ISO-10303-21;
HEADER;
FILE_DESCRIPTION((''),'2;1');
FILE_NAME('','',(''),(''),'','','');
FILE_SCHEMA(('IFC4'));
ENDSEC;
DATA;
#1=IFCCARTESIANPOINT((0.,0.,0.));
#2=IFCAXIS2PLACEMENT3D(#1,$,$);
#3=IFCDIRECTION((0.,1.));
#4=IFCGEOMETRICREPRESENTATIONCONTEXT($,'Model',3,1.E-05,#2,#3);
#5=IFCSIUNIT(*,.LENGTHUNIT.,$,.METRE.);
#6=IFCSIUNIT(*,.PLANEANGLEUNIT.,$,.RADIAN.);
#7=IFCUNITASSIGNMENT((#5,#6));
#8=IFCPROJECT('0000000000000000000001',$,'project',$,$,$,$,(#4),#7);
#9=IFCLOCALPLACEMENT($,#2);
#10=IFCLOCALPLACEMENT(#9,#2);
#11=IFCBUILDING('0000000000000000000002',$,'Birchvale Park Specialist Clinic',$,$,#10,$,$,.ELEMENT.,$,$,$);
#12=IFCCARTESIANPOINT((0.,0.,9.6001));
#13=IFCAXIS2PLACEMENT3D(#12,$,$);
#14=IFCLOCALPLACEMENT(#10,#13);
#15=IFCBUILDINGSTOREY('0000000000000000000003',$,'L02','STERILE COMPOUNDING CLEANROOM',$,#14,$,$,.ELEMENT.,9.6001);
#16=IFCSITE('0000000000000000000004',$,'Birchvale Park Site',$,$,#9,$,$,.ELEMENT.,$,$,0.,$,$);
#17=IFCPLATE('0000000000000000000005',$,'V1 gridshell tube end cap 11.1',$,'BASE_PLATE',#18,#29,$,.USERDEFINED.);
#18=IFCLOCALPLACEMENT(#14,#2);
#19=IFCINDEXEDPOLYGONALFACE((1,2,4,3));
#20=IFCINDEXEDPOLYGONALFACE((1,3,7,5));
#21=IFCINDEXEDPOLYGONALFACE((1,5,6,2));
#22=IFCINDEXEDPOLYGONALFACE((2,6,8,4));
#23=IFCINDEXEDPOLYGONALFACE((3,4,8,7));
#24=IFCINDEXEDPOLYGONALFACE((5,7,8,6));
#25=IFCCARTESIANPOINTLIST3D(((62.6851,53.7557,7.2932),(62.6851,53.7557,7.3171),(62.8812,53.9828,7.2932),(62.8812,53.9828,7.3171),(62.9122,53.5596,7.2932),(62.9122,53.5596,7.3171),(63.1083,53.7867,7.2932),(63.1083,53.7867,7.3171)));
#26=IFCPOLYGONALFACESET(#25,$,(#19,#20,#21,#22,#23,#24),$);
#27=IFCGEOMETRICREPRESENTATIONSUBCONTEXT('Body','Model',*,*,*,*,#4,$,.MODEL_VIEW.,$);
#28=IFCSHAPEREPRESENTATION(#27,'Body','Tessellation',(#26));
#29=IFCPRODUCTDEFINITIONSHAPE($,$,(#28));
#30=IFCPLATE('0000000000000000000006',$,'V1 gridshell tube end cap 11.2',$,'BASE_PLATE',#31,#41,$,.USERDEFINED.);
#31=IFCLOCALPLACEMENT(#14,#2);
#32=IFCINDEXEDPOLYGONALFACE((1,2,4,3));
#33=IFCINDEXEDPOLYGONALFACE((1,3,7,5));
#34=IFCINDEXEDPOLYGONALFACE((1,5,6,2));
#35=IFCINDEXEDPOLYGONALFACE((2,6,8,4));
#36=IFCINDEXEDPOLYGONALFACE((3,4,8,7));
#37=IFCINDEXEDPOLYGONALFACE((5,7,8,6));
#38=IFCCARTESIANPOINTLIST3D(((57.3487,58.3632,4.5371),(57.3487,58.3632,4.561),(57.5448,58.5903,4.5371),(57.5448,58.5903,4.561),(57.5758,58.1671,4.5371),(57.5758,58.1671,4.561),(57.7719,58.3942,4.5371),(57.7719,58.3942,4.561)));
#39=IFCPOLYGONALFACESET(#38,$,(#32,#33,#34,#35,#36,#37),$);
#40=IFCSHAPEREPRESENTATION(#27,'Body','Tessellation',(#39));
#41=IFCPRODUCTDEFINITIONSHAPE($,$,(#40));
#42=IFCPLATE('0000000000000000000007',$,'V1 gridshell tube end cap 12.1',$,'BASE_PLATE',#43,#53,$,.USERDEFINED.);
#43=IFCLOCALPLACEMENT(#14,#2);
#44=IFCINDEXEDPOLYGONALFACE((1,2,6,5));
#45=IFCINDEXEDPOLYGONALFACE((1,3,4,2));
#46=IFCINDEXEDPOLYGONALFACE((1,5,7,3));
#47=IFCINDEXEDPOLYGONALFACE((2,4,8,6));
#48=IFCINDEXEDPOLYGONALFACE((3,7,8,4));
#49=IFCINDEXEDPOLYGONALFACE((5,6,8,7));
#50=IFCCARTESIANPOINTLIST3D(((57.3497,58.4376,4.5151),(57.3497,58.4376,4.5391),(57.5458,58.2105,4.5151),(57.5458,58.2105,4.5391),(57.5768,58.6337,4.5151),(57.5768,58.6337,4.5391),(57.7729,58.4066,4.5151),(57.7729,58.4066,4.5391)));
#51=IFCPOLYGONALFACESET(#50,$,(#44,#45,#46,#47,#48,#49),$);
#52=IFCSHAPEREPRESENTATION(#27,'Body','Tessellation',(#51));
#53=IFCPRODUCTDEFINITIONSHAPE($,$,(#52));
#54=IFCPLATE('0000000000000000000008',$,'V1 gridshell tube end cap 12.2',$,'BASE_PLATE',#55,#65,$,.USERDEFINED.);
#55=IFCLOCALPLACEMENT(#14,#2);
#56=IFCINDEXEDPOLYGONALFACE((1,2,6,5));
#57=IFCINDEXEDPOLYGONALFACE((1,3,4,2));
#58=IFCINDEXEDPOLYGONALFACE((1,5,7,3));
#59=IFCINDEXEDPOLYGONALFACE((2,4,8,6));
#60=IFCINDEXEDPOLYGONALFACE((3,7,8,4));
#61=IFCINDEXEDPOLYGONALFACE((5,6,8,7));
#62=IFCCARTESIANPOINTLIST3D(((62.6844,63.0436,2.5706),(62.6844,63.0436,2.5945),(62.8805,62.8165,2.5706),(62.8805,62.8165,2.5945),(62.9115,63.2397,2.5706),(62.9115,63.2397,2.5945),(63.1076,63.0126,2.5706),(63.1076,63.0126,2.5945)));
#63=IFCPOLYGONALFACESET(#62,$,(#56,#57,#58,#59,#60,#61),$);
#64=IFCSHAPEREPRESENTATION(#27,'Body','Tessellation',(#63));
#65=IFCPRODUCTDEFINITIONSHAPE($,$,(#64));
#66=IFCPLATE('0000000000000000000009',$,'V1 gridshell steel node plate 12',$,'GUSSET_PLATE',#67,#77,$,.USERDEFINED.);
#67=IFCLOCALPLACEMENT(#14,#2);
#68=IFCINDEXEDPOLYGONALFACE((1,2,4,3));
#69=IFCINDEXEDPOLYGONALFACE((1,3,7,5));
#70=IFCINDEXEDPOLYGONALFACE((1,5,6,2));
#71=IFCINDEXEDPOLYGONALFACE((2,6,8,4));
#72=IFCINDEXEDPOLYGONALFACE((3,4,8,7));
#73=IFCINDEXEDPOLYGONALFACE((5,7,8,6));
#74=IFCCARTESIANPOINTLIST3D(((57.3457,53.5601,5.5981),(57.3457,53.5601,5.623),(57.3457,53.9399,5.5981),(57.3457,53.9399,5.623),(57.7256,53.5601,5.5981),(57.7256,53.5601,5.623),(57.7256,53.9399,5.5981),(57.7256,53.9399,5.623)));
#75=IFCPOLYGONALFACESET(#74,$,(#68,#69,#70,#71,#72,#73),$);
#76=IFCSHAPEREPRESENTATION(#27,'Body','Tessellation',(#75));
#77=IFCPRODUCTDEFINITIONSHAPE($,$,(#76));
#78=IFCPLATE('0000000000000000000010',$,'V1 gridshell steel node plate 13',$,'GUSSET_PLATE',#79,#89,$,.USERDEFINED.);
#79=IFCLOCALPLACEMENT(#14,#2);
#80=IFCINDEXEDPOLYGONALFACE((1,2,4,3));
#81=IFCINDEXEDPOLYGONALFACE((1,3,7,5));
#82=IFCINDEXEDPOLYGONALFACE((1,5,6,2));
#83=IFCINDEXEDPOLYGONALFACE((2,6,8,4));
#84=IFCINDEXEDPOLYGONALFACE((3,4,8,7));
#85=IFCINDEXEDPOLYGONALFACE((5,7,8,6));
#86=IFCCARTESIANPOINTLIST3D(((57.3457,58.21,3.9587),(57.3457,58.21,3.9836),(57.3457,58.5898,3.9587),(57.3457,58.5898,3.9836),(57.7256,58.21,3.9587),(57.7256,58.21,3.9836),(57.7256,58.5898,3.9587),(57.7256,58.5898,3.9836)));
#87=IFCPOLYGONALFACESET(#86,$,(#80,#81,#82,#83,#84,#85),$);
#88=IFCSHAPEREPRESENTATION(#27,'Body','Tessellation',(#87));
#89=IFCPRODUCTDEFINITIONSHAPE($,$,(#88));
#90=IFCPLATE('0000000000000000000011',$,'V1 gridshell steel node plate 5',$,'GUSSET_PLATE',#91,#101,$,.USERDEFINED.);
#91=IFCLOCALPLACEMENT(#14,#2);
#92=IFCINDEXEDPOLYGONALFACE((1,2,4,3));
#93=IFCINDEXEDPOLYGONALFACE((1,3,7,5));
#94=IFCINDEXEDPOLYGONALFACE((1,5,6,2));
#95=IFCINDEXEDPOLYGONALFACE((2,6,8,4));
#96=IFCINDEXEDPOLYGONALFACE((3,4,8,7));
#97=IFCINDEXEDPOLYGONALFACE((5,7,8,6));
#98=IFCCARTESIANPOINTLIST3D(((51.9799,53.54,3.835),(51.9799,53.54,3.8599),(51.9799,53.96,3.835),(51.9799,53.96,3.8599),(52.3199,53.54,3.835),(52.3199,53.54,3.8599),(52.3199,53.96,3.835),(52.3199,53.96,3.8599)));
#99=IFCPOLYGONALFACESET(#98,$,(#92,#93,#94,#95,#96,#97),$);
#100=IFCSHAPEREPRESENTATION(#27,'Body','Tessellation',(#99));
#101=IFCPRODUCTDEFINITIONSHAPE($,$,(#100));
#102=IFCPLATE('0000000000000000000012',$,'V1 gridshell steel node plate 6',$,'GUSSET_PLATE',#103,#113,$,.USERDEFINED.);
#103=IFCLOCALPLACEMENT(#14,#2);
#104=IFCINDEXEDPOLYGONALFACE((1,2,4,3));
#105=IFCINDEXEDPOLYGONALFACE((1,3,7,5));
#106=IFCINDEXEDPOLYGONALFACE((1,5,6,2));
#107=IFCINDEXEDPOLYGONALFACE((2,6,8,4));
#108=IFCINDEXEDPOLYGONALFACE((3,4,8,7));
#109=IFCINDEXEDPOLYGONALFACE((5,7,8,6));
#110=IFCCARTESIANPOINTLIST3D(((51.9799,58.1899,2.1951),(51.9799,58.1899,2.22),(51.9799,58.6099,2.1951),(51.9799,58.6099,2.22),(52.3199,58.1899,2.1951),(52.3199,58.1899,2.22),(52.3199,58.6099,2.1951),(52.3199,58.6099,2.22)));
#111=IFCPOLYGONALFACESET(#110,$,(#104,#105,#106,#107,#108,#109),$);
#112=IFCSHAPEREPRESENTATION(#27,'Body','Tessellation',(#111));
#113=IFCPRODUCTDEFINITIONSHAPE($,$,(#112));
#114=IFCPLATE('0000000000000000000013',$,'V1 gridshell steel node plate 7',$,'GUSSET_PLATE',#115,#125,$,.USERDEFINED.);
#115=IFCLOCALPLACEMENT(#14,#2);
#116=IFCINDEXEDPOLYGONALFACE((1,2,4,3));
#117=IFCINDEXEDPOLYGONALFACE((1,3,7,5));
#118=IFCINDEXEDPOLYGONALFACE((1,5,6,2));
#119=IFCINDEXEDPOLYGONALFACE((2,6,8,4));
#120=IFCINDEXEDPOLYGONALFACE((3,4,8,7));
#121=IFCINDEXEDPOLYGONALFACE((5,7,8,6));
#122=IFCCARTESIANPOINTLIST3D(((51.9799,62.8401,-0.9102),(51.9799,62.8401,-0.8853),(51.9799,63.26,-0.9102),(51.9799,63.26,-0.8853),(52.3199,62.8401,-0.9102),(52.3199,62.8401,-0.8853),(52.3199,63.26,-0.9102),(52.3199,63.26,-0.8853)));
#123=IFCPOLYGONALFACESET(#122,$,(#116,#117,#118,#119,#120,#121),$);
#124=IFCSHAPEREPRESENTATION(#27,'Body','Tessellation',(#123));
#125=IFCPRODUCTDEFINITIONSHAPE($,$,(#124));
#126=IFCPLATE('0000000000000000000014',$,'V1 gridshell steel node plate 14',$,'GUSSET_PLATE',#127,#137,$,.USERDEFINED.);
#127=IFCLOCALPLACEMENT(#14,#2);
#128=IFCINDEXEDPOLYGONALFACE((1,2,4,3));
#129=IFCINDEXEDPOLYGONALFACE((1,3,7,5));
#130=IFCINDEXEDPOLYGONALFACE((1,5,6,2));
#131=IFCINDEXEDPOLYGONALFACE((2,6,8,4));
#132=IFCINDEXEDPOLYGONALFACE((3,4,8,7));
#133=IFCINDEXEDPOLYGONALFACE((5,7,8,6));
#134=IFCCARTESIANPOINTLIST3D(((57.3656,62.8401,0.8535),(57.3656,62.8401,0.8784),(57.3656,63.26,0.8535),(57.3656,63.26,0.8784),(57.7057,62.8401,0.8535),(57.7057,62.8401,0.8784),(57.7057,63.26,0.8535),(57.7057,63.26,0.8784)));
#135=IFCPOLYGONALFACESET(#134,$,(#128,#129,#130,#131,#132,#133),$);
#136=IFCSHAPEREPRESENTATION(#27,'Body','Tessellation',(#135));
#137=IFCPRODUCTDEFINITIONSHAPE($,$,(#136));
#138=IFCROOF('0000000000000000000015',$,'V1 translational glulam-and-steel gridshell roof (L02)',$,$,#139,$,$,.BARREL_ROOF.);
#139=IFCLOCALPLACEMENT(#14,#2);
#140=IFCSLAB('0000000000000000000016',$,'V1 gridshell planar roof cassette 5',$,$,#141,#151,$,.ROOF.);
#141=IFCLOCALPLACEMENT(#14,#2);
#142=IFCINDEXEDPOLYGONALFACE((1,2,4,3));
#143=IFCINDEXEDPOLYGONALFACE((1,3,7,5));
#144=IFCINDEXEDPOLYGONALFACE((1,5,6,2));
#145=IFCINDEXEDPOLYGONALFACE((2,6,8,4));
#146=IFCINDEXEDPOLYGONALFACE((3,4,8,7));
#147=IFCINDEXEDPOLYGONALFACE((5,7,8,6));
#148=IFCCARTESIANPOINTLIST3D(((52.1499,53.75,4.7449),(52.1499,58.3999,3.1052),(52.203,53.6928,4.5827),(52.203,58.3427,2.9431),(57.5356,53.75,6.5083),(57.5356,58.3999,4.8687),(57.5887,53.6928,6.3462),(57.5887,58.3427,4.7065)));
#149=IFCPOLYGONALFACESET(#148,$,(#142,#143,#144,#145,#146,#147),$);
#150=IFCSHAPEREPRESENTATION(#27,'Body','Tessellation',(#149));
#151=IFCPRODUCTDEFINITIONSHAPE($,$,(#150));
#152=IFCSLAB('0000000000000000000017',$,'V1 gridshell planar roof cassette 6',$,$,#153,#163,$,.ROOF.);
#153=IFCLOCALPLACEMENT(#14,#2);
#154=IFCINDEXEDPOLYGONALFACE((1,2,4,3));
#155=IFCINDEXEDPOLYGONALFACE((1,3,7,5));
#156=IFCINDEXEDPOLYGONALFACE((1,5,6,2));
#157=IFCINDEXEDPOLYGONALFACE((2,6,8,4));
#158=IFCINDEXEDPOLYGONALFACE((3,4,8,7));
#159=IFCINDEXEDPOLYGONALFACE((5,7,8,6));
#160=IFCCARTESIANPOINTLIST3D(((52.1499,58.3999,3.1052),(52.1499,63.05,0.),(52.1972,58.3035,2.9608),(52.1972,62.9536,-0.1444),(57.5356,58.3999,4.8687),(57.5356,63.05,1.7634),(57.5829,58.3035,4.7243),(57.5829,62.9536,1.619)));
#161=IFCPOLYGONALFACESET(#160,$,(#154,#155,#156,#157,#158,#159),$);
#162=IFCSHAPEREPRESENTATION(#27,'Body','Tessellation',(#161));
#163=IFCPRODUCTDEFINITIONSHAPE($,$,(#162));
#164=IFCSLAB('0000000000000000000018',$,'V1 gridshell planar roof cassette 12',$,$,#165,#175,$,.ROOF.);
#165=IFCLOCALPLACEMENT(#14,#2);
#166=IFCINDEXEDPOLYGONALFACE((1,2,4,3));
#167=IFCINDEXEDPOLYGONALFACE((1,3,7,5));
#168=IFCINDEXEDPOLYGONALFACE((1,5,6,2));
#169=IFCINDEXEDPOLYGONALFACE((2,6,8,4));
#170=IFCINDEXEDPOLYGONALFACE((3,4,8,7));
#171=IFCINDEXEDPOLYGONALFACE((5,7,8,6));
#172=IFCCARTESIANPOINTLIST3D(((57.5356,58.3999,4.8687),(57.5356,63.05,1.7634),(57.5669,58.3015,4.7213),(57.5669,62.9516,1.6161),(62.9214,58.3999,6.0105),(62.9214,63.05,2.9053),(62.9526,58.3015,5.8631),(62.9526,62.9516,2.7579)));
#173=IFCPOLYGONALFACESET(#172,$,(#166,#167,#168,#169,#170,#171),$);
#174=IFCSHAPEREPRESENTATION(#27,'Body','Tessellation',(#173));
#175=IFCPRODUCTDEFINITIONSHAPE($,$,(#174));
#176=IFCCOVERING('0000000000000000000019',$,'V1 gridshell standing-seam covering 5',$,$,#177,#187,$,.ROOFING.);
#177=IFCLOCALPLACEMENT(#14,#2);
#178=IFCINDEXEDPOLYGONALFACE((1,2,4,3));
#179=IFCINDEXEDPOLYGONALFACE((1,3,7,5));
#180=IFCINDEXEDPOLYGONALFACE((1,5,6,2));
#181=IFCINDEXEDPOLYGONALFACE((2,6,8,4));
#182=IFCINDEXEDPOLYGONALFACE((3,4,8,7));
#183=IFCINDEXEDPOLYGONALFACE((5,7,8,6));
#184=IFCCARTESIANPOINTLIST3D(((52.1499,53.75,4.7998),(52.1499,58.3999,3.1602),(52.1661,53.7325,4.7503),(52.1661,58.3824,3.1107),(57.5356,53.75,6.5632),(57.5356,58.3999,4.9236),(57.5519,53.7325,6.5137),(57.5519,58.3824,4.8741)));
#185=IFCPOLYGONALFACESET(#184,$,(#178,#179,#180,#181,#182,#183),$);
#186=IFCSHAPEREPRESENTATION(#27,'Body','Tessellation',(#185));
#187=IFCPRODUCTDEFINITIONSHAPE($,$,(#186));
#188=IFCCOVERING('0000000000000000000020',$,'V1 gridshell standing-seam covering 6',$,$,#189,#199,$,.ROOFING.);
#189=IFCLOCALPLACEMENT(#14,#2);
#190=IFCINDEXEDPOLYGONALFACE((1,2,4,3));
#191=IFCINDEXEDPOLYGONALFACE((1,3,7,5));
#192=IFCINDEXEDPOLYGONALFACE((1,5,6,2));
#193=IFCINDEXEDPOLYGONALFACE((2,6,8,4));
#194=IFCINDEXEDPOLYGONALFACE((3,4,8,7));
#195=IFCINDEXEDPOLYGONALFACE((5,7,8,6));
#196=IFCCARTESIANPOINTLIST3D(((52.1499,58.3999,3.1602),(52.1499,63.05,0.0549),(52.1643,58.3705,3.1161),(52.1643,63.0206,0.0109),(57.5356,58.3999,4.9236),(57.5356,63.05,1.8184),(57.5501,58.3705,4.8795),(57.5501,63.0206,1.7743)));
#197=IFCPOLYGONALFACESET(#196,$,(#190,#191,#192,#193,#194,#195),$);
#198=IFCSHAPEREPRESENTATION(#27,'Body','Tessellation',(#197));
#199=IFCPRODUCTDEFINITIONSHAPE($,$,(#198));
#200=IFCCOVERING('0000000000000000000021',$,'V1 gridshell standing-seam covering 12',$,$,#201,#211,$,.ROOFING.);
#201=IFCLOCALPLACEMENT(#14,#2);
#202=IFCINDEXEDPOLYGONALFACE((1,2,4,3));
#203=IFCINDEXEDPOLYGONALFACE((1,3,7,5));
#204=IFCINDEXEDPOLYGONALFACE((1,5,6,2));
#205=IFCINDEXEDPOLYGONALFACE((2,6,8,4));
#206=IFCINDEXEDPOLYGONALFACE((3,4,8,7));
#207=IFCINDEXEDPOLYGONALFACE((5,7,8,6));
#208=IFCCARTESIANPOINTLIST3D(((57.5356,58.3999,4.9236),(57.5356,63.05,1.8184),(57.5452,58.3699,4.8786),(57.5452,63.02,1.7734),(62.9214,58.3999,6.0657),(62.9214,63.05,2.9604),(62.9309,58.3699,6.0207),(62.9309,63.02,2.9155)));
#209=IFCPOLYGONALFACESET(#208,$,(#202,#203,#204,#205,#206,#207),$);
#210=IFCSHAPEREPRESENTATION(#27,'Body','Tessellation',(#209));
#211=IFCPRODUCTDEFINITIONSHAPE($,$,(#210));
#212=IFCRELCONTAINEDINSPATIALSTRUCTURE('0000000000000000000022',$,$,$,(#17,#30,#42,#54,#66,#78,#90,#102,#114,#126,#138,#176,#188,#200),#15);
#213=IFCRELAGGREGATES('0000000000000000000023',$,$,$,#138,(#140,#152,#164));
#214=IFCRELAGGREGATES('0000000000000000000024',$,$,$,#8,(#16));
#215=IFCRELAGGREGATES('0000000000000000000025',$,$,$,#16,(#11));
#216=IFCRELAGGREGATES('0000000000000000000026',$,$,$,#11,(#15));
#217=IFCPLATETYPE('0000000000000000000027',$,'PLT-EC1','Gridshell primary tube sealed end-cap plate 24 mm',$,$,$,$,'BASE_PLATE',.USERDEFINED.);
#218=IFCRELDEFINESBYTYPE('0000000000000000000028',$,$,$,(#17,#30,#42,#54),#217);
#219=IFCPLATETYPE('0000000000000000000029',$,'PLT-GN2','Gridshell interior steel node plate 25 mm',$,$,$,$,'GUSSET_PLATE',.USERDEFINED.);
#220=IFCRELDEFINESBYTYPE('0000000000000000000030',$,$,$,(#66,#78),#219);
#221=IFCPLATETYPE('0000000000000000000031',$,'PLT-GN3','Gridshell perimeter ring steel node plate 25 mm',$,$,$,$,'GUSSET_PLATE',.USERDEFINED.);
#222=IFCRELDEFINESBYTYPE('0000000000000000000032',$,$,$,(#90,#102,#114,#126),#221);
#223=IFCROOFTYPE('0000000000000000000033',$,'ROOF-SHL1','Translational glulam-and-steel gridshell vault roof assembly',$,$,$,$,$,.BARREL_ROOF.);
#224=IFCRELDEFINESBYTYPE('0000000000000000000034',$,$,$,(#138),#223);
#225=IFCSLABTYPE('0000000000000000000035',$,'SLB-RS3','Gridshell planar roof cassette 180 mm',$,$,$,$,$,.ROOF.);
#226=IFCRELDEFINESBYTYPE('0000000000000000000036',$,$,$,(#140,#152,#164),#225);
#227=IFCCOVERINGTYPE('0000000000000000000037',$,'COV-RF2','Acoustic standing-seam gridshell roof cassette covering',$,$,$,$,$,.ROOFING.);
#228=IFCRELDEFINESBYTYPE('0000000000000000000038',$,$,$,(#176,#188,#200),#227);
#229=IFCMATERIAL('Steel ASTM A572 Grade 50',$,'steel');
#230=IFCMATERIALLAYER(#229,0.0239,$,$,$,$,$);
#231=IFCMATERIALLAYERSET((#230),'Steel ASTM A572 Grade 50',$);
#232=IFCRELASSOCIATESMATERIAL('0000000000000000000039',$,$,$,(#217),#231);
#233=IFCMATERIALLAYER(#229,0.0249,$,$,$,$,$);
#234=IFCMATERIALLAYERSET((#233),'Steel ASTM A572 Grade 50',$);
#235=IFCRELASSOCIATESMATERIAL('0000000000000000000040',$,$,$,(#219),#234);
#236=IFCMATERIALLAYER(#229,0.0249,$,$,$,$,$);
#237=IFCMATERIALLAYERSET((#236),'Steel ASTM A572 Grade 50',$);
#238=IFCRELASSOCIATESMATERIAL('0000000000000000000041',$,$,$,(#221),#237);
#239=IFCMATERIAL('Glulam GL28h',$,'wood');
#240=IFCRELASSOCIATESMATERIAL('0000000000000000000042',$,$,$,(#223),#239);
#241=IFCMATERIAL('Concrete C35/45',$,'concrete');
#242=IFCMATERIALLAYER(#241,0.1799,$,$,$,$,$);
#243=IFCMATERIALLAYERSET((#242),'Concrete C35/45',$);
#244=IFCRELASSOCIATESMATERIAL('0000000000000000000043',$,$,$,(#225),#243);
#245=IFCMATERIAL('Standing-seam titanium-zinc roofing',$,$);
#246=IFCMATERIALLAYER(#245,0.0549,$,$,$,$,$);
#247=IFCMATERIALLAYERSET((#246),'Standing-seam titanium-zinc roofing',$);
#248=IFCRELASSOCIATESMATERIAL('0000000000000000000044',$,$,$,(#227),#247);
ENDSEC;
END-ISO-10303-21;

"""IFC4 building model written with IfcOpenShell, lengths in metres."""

from ifc_helpers import new_model, si_unit, direction, frame, origin, origin_2d, place, context, subcontext, project, spatial, polyline, rectangle, outline, extrude, material, layer, layer_set, type_object, element, aggregate, save


model = new_model("IFC4")

# Units and contexts
model_context = context("Model", 3, precision=1e-05, world=origin(), true_north=direction((0.0, 1.0)))
body_context = subcontext(model_context, "Body", "Model", "MODEL_VIEW")
ifc_project = project(units=[si_unit("LENGTHUNIT", "METRE"), si_unit("PLANEANGLEUNIT", "RADIAN")], contexts=[model_context])

# Site, building, storey
site_placement = place(None, origin())
site = spatial("IfcSite", under=ifc_project, at=site_placement, Name="Birchvale Park Site", CompositionType="ELEMENT", RefElevation=0.0)
building_placement = place(site_placement, origin())
building = spatial("IfcBuilding", under=site, at=building_placement, Name="Birchvale Park Specialist Clinic", CompositionType="ELEMENT")
storey_placement = place(building_placement, frame((0.0, 0.0, 9.6001)))
storey = spatial("IfcBuildingStorey", under=building, at=storey_placement, Name="L02", Description="STERILE COMPOUNDING CLEANROOM", CompositionType="ELEMENT", Elevation=9.6001)

# Shared definitions
ifc_material_1 = material(Name="Glulam GL28h", Category="wood")

# Plates
ifc_material_2 = material(Name="Steel ASTM A572 Grade 50", Category="steel")
ifc_layer_1 = layer(ifc_material_2, 0.0239)
ifc_layer_set_1 = layer_set([ifc_layer_1], Name="Steel ASTM A572 Grade 50")
plate_type_1 = type_object("IfcPlateType", Name="PLT-EC1", Description="Gridshell primary tube sealed end-cap plate 24 mm", ElementType="BASE_PLATE", PredefinedType="USERDEFINED", material=ifc_layer_set_1)
for number, where, z_axis, x_axis, name in (
    (1, (62.8967, 53.7712, 7.2932), (0.0, 0.0, 1.0), (-0.756881, 0.653553, 0.0), "V1 gridshell tube end cap 11.1"),
    (2, (57.5603, 58.3787, 4.5371), (0.0, 0.0, 1.0), (-0.756881, 0.653553, 0.0), "V1 gridshell tube end cap 11.2"),
    (3, (57.5613, 58.4221, 4.5151), (0.0, 0.0, 1.0), (0.756881, 0.653553, 0.0), "V1 gridshell tube end cap 12.1"),
    (4, (62.896, 63.0281, 2.5706), (0.0, 0.0, 1.0), (0.756881, 0.653553, 0.0), "V1 gridshell tube end cap 12.2"),
):
    element("IfcPlate", number, at=place(storey_placement, frame(where, z_axis=z_axis, x_axis=x_axis)), inside=storey, type_object=plate_type_1, Name=name, ObjectType="BASE_PLATE", PredefinedType="USERDEFINED", context=body_context, shape_type="SweptSolid", body=[
        extrude(rectangle(XDim=0.3, YDim=0.3, at=origin_2d()), origin(), (0.0, 0.0, 1.0), 0.0239),
    ])
ifc_layer_2 = layer(ifc_material_2, 0.0249)
ifc_layer_set_2 = layer_set([ifc_layer_2], Name="Steel ASTM A572 Grade 50")
plate_type_2 = type_object("IfcPlateType", Name="PLT-GN2", Description="Gridshell interior steel node plate 25 mm", ElementType="GUSSET_PLATE", PredefinedType="USERDEFINED", material=ifc_layer_set_2)
for number, where, z_axis, x_axis, name in (
    (5, (57.5356, 53.75, 5.5981), (0.0, 0.0, 1.0), (1.0, 0.0, 0.0), "V1 gridshell steel node plate 12"),
    (6, (57.5356, 58.3999, 3.9587), (0.0, 0.0, 1.0), (1.0, 0.0, 0.0), "V1 gridshell steel node plate 13"),
):
    element("IfcPlate", number, at=place(storey_placement, frame(where, z_axis=z_axis, x_axis=x_axis)), inside=storey, type_object=plate_type_2, Name=name, ObjectType="GUSSET_PLATE", PredefinedType="USERDEFINED", context=body_context, shape_type="SweptSolid", body=[
        extrude(rectangle(XDim=0.3799, YDim=0.3799, at=origin_2d()), origin(), (0.0, 0.0, 1.0), 0.0249),
    ])
ifc_layer_3 = layer(ifc_material_2, 0.0249)
ifc_layer_set_3 = layer_set([ifc_layer_3], Name="Steel ASTM A572 Grade 50")
plate_type_3 = type_object("IfcPlateType", Name="PLT-GN3", Description="Gridshell perimeter ring steel node plate 25 mm", ElementType="GUSSET_PLATE", PredefinedType="USERDEFINED", material=ifc_layer_set_3)
for number, where, z_axis, x_axis, name in (
    (7, (52.1499, 53.75, 3.835), (0.0, 0.0, 1.0), (1.0, 0.0, 0.0), "V1 gridshell steel node plate 5"),
    (8, (52.1499, 58.3999, 2.1951), (0.0, 0.0, 1.0), (1.0, 0.0, 0.0), "V1 gridshell steel node plate 6"),
    (9, (52.1499, 63.05, -0.9102), (0.0, 0.0, 1.0), (1.0, 0.0, 0.0), "V1 gridshell steel node plate 7"),
    (10, (57.5356, 63.05, 0.8535), (0.0, 0.0, 1.0), (1.0, 0.0, 0.0), "V1 gridshell steel node plate 14"),
):
    element("IfcPlate", number, at=place(storey_placement, frame(where, z_axis=z_axis, x_axis=x_axis)), inside=storey, type_object=plate_type_3, Name=name, ObjectType="GUSSET_PLATE", PredefinedType="USERDEFINED", context=body_context, shape_type="SweptSolid", body=[
        extrude(rectangle(XDim=0.3401, YDim=0.4199, at=origin_2d()), origin(), (0.0, 0.0, 1.0), 0.0249),
    ])

# Roof, slabs
roof_type = type_object("IfcRoofType", Name="ROOF-SHL1", Description="Translational glulam-and-steel gridshell vault roof assembly", PredefinedType="BARREL_ROOF", material=ifc_material_1)
roof_placement = place(storey_placement, origin())
roof = element("IfcRoof", 11, at=roof_placement, inside=storey, type_object=roof_type, Name="V1 translational glulam-and-steel gridshell roof (L02)", PredefinedType="BARREL_ROOF")
ifc_material_3 = material(Name="Concrete C35/45", Category="concrete")
ifc_layer_4 = layer(ifc_material_3, 0.1799)
ifc_layer_set_4 = layer_set([ifc_layer_4], Name="Concrete C35/45")
slab_type = type_object("IfcSlabType", Name="SLB-RS3", Description="Gridshell planar roof cassette 180 mm", PredefinedType="ROOF", material=ifc_layer_set_4)
slab_1_placement = place(storey_placement, frame((52.1499, 53.75, 4.7449), z_axis=(-0.295044, 0.317747, 0.901103), x_axis=(0.950354, 0.0, 0.31117)))
slab_1 = element("IfcSlab", 12, at=slab_1_placement, type_object=slab_type, Name="V1 gridshell planar roof cassette 5", PredefinedType="ROOF", context=body_context, shape_type="SweptSolid", body=[
    extrude(outline(polyline([(0.0, 0.0), (5.6671, 0.0), (5.1569, 4.9041), (-0.5102, 4.9041), (0.0, 0.0)])), origin(), (0.0, 0.0, -1.0), 0.1799),
])
slab_2_placement = place(storey_placement, frame((52.1499, 58.3999, 3.1052), z_axis=(-0.26273, 0.535826, 0.802411), x_axis=(0.950354, 0.0, 0.31117)))
slab_2 = element("IfcSlab", 13, at=slab_2_placement, type_object=slab_type, Name="V1 gridshell planar roof cassette 6", PredefinedType="ROOF", context=body_context, shape_type="SweptSolid", body=[
    extrude(outline(polyline([(0.0, 0.0), (5.6671, 0.0), (4.7008, 5.5075), (-0.9663, 5.5075), (0.0, 0.0)])), origin(), (0.0, 0.0, -1.0), 0.1799),
])
slab_3_placement = place(storey_placement, frame((57.5356, 58.3999, 4.8687), z_axis=(-0.173637, 0.546899, 0.818994), x_axis=(0.978256, 0.0, 0.207403)))
slab_3 = element("IfcSlab", 14, at=slab_3_placement, type_object=slab_type, Name="V1 gridshell planar roof cassette 12", PredefinedType="ROOF", context=body_context, shape_type="SweptSolid", body=[
    extrude(outline(polyline([(0.0, 0.0), (5.5055, 0.0), (4.8614, 5.5544), (-0.644, 5.5544), (0.0, 0.0)])), origin(), (0.0, 0.0, -1.0), 0.1799),
])
aggregate(roof, [slab_1, slab_2, slab_3])

# Coverings
ifc_material_4 = material(Name="Standing-seam titanium-zinc roofing")
ifc_layer_5 = layer(ifc_material_4, 0.0549)
ifc_layer_set_5 = layer_set([ifc_layer_5], Name="Standing-seam titanium-zinc roofing")
covering_type = type_object("IfcCoveringType", Name="COV-RF2", Description="Acoustic standing-seam gridshell roof cassette covering", PredefinedType="ROOFING", material=ifc_layer_set_5)
covering_1_placement = place(storey_placement, frame((52.1499, 53.75, 4.7998), z_axis=(-0.295044, 0.317747, 0.901103), x_axis=(0.950354, 0.0, 0.31117)))
element("IfcCovering", 15, at=covering_1_placement, inside=storey, type_object=covering_type, Name="V1 gridshell standing-seam covering 5", PredefinedType="ROOFING", context=body_context, shape_type="SweptSolid", body=[
    extrude(outline(polyline([(0.0, 0.0), (5.6671, 0.0), (5.1569, 4.9041), (-0.5102, 4.9041), (0.0, 0.0)])), origin(), (0.0, 0.0, -1.0), 0.0549),
])
covering_2_placement = place(storey_placement, frame((52.1499, 58.3999, 3.1602), z_axis=(-0.26273, 0.535826, 0.802411), x_axis=(0.950354, 0.0, 0.31117)))
element("IfcCovering", 16, at=covering_2_placement, inside=storey, type_object=covering_type, Name="V1 gridshell standing-seam covering 6", PredefinedType="ROOFING", context=body_context, shape_type="SweptSolid", body=[
    extrude(outline(polyline([(0.0, 0.0), (5.6671, 0.0), (4.7008, 5.5075), (-0.9663, 5.5075), (0.0, 0.0)])), origin(), (0.0, 0.0, -1.0), 0.0549),
])
covering_3_placement = place(storey_placement, frame((57.5356, 58.3999, 4.9236), z_axis=(-0.173673, 0.546896, 0.818989), x_axis=(0.978247, 0.0, 0.207445)))
element("IfcCovering", 17, at=covering_3_placement, inside=storey, type_object=covering_type, Name="V1 gridshell standing-seam covering 12", PredefinedType="ROOFING", context=body_context, shape_type="SweptSolid", body=[
    extrude(outline(polyline([(0.0, 0.0), (5.5055, 0.0), (4.8613, 5.5544), (-0.6442, 5.5544), (0.0, 0.0)])), origin(), (0.0, 0.0, -1.0), 0.0549),
])

save(model, "model.ifc")
